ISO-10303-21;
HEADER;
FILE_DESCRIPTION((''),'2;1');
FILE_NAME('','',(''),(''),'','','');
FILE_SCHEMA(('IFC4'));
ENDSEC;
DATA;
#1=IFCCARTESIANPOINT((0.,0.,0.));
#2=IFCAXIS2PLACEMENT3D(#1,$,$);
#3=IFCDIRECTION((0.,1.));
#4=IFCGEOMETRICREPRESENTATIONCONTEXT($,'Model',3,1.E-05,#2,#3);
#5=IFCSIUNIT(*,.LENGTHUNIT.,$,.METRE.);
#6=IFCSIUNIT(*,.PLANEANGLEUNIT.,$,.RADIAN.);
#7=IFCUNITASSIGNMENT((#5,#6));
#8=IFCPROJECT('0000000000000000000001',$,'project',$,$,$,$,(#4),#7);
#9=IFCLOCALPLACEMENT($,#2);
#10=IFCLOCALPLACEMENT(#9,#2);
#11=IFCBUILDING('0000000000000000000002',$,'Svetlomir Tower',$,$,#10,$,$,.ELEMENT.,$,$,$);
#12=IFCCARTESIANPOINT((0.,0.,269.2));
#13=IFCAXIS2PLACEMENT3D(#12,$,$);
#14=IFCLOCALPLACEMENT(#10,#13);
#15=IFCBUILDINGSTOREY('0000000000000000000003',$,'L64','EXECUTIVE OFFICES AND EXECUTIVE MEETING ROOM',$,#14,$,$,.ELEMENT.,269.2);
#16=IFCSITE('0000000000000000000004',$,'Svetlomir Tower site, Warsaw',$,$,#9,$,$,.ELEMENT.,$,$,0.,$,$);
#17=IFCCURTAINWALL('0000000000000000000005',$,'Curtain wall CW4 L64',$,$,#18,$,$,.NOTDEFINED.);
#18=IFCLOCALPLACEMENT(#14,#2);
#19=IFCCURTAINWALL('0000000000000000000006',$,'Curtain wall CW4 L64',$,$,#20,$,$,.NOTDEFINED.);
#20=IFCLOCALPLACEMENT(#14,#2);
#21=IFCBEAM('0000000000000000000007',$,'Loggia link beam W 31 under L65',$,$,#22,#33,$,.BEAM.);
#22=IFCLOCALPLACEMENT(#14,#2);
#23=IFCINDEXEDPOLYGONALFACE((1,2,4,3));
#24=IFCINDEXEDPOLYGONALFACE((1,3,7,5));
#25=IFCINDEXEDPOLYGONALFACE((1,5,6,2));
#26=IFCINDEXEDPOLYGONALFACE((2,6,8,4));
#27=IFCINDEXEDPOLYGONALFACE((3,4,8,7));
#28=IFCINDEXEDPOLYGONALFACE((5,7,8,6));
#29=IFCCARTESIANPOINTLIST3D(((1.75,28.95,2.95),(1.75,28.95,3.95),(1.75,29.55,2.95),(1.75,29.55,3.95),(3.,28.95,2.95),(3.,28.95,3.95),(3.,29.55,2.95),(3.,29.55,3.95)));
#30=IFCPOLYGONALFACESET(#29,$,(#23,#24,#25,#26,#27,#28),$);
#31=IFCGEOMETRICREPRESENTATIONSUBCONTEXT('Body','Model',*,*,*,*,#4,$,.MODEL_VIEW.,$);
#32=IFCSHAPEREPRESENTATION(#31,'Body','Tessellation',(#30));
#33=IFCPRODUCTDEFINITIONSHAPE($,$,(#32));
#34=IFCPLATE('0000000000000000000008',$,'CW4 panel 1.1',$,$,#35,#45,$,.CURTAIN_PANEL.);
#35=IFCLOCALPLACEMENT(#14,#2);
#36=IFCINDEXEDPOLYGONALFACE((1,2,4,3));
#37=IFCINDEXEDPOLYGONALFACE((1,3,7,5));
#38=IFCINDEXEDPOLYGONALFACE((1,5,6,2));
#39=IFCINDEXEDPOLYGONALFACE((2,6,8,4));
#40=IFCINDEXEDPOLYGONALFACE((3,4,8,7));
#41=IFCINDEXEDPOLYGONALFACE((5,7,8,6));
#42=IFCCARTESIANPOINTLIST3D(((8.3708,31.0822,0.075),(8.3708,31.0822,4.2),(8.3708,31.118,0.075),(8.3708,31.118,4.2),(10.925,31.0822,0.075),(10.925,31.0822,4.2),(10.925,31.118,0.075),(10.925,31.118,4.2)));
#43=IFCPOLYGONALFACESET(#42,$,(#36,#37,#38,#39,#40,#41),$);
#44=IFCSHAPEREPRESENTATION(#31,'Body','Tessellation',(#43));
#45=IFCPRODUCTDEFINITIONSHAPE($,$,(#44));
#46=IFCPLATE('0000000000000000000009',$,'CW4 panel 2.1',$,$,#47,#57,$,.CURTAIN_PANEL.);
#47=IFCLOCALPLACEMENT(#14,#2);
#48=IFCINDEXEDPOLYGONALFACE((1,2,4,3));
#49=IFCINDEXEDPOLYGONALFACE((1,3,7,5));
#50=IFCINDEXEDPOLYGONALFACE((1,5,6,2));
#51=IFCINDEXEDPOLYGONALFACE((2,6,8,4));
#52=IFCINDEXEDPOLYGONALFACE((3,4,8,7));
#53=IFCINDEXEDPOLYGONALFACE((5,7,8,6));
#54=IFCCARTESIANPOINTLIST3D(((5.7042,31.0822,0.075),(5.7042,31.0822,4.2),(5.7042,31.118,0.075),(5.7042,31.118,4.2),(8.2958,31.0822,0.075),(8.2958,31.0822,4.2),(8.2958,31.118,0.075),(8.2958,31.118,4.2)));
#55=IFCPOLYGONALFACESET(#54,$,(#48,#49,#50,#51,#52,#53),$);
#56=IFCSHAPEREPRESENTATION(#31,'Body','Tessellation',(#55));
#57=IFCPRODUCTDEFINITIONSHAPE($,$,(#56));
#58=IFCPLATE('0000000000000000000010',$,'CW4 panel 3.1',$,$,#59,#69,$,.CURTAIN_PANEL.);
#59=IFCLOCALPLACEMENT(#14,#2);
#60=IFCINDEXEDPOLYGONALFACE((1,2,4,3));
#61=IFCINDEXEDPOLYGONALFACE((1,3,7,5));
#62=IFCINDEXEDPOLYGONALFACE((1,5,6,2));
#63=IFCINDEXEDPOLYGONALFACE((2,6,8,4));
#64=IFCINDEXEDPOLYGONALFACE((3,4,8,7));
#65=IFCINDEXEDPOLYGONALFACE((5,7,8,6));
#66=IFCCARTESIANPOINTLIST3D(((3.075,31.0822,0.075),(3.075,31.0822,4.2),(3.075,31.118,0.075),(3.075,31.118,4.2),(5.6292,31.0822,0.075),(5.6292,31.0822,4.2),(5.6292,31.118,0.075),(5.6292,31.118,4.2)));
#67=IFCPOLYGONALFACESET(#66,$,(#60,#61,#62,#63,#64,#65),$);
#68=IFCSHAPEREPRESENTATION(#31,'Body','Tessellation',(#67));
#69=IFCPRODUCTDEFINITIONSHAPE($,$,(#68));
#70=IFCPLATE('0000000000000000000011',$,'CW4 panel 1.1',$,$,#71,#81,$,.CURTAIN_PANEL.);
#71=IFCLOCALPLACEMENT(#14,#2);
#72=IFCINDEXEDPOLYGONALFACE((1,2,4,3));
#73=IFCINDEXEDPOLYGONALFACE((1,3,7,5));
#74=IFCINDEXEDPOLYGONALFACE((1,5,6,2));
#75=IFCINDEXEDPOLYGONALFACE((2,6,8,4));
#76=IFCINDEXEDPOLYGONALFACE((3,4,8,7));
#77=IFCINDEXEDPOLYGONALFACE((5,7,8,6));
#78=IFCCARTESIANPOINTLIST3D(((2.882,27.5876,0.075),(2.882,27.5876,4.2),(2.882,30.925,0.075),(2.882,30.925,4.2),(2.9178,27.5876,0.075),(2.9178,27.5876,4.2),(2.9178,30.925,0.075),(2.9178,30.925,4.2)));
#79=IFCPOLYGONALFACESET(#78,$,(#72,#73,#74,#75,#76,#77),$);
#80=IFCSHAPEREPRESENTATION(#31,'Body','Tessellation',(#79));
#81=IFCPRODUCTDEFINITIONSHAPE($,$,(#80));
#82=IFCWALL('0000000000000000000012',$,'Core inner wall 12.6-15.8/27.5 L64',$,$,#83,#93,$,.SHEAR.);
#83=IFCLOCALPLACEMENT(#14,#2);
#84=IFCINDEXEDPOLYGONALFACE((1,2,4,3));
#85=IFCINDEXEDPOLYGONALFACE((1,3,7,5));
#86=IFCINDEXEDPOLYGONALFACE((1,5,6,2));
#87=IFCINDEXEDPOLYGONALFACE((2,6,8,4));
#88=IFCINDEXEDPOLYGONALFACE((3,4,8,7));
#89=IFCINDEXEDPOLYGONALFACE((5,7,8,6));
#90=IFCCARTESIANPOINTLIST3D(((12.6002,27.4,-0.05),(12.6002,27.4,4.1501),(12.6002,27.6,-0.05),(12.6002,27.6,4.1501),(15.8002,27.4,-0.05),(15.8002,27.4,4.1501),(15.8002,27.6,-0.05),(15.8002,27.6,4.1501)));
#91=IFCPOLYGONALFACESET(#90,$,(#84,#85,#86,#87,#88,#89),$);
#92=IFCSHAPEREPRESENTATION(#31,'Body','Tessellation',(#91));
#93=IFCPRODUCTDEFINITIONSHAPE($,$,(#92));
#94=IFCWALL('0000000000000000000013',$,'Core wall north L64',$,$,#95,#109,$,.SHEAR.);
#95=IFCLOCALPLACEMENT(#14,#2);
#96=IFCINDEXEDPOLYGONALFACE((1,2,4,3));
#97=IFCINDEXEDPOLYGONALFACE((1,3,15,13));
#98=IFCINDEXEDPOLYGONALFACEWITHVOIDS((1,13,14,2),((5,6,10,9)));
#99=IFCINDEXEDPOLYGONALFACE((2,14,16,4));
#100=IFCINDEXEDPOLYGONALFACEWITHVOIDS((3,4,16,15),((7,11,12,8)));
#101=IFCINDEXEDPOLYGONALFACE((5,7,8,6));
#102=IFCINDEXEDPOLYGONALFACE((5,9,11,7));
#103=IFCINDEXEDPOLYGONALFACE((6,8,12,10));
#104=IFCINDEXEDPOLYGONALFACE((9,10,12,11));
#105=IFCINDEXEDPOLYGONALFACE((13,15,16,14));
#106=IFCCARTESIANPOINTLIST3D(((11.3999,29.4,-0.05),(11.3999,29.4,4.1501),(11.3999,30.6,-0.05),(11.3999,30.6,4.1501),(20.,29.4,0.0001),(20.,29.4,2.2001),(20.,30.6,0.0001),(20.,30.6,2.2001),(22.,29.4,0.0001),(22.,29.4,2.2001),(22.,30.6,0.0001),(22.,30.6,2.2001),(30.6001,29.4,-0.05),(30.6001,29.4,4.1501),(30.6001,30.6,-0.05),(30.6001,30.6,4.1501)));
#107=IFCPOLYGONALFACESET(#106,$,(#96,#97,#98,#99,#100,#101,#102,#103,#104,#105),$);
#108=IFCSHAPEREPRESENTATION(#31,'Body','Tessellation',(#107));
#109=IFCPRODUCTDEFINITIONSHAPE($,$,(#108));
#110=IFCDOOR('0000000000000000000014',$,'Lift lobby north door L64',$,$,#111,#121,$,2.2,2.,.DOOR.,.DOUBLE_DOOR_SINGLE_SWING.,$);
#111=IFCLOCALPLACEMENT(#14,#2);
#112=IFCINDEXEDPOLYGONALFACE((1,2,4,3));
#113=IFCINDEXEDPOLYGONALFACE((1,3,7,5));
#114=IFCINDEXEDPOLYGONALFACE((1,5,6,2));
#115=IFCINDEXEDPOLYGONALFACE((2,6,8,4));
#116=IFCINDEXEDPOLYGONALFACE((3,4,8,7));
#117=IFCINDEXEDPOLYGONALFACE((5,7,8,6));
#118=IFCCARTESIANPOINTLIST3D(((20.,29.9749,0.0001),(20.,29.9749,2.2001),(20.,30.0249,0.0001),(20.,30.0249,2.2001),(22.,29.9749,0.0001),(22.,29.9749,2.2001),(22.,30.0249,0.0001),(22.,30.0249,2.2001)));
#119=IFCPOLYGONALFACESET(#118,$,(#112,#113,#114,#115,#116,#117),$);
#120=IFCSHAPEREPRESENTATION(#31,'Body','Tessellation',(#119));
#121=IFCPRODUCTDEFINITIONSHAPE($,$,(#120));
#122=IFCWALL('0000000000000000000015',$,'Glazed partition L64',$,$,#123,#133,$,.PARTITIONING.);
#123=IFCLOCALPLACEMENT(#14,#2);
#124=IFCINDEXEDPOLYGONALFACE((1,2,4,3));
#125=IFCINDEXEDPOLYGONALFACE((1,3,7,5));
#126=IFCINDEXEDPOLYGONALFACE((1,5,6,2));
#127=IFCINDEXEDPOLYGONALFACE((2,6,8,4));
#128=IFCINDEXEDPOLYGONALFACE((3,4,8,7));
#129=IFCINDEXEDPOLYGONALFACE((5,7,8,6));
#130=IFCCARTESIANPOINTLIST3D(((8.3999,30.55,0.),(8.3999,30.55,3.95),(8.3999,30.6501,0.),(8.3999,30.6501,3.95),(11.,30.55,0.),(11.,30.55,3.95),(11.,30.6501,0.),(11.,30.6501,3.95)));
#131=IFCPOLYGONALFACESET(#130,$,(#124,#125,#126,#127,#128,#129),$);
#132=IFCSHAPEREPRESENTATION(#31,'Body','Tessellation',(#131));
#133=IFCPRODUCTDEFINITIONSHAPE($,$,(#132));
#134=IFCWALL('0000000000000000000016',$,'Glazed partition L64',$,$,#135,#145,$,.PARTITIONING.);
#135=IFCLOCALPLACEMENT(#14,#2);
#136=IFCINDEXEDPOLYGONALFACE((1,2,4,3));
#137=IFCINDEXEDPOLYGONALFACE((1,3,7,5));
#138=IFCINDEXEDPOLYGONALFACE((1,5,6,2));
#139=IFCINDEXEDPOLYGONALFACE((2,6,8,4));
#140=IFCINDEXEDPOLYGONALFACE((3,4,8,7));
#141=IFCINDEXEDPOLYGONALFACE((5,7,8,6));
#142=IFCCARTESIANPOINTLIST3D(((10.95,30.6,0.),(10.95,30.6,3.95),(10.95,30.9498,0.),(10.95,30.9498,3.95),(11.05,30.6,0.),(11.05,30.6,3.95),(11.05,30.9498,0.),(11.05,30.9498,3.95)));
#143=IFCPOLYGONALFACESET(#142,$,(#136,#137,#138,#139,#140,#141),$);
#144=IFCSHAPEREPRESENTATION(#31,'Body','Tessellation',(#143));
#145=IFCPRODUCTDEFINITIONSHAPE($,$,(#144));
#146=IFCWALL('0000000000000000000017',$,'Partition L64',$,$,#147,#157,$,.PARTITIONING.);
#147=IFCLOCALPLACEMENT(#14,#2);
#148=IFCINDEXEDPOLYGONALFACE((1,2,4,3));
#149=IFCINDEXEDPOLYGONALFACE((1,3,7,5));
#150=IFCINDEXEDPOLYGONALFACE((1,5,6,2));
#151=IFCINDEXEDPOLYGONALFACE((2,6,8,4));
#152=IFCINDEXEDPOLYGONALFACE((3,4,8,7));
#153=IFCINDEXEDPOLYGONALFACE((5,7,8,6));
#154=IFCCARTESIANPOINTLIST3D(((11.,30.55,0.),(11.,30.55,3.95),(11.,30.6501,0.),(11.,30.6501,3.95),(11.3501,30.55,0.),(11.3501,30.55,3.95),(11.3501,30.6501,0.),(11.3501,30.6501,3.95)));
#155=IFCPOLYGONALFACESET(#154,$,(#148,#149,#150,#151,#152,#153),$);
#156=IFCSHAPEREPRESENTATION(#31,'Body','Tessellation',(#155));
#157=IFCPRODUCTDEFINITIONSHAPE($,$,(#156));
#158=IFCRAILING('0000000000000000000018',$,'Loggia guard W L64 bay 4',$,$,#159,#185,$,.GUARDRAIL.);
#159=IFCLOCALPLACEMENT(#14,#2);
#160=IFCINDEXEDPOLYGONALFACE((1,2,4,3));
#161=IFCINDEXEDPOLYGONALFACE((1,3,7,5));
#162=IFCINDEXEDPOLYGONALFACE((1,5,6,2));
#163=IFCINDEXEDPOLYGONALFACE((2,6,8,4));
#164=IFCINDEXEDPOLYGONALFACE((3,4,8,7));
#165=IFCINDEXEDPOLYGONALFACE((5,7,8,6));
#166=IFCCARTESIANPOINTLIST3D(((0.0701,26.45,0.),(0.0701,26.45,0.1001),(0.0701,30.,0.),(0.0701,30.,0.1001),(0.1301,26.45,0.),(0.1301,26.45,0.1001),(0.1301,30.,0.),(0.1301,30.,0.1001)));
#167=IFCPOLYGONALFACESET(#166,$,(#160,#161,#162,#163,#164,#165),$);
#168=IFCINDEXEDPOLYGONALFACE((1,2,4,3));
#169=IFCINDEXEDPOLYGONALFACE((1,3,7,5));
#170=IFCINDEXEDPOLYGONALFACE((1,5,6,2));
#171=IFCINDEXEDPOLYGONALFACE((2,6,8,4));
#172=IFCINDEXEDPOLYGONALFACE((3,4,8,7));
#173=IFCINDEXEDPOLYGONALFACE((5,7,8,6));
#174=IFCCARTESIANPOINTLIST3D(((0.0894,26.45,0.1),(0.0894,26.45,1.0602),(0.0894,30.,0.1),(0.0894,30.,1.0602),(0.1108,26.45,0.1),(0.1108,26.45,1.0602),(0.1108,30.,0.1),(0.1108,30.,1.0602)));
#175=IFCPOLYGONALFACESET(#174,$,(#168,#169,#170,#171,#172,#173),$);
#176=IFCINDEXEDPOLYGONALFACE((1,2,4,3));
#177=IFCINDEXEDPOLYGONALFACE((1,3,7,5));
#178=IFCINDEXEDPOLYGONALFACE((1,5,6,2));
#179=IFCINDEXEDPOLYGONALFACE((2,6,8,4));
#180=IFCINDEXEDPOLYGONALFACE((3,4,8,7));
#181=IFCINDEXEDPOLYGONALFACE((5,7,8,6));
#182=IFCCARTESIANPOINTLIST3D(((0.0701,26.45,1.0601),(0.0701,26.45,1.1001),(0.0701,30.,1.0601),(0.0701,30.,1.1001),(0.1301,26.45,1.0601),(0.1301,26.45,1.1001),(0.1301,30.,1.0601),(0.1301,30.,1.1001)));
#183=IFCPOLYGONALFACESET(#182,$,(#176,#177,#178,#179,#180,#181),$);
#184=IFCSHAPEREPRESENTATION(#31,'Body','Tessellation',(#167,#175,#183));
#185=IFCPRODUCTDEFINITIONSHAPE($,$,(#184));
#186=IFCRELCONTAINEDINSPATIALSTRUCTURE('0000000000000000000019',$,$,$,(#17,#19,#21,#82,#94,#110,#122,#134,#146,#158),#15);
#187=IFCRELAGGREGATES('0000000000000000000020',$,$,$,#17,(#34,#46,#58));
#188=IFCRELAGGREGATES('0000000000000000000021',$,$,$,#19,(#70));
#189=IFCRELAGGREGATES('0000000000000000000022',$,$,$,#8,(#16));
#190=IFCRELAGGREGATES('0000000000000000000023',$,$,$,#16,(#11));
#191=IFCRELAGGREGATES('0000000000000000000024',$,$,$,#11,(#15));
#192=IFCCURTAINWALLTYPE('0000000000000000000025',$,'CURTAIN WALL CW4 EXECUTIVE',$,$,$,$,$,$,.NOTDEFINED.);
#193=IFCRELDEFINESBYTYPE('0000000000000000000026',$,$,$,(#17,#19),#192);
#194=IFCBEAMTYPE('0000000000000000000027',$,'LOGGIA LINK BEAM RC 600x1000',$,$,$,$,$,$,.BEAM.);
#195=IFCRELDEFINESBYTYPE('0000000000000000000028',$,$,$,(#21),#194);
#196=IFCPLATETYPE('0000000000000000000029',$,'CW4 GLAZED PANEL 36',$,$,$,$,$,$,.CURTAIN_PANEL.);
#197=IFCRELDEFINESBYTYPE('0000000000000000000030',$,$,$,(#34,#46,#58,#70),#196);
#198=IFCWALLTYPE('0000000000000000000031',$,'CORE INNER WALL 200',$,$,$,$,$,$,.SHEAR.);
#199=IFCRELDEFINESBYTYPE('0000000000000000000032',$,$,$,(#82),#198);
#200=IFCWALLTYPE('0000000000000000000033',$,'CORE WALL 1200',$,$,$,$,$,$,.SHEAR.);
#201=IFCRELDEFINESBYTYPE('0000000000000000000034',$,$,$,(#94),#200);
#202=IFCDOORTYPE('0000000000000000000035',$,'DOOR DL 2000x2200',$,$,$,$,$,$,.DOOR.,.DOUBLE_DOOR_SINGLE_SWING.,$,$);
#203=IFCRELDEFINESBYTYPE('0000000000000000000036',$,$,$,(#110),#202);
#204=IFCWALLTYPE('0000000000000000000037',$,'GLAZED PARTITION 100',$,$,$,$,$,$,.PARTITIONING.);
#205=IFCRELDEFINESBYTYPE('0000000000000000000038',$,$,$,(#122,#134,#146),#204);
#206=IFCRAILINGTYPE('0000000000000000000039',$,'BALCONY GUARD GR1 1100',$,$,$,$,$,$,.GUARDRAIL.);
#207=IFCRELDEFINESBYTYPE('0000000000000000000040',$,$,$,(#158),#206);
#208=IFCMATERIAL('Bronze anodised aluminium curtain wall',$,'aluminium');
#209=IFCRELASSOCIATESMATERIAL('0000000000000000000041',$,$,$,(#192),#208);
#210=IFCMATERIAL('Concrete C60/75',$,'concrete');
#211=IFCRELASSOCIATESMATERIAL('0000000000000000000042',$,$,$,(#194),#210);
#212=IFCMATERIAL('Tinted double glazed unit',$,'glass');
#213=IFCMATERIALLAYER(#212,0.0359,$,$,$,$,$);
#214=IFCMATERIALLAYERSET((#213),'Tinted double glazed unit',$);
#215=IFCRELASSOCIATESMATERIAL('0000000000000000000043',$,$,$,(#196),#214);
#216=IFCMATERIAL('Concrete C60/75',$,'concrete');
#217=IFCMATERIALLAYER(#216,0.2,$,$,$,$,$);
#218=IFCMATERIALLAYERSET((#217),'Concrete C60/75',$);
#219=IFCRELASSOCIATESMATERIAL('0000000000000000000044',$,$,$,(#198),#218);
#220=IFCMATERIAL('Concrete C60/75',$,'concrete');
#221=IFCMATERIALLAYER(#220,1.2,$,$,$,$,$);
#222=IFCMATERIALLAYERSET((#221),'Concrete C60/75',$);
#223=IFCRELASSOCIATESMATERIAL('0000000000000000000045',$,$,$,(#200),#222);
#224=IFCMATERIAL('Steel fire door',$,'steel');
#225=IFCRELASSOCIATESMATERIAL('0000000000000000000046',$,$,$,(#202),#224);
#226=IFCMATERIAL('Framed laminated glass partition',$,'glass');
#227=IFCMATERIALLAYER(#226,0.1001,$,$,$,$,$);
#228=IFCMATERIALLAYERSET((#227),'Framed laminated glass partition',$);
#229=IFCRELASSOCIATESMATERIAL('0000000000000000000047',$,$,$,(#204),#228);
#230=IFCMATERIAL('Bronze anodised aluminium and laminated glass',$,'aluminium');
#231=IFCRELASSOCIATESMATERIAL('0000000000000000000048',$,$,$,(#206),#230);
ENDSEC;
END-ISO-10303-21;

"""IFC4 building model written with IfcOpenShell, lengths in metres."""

from ifc_helpers import new_model, si_unit, direction, frame, frame_2d, origin, origin_2d, place, context, subcontext, project, spatial, rectangle, extrude, material, layer, layer_set, material_profile, profile_set, type_object, element, fill, aggregate, save


model = new_model("IFC4")

# Units and contexts
model_context = context("Model", 3, precision=1e-05, world=origin(), true_north=direction((0.0, 1.0)))
body_context = subcontext(model_context, "Body", "Model", "MODEL_VIEW")
ifc_project = project(units=[si_unit("LENGTHUNIT", "METRE"), si_unit("PLANEANGLEUNIT", "RADIAN")], contexts=[model_context])

# Site, building, storey
site_placement = place(None, origin())
site = spatial("IfcSite", under=ifc_project, at=site_placement, Name="Svetlomir Tower site, Warsaw", CompositionType="ELEMENT", RefElevation=0.0)
building_placement = place(site_placement, origin())
building = spatial("IfcBuilding", under=site, at=building_placement, Name="Svetlomir Tower", CompositionType="ELEMENT")
storey_placement = place(building_placement, frame((0.0, 0.0, 269.2)))
storey = spatial("IfcBuildingStorey", under=building, at=storey_placement, Name="L64", Description="EXECUTIVE OFFICES AND EXECUTIVE MEETING ROOM", CompositionType="ELEMENT", Elevation=269.2)

# Shared definitions
ifc_material_1 = material(Name="Bronze anodised aluminium curtain wall", Category="aluminium")
curtain_wall_type = type_object("IfcCurtainWallType", Name="CURTAIN WALL CW4 EXECUTIVE", PredefinedType="NOTDEFINED", material=ifc_material_1)

# Curtain walls
curtain_wall_1_placement = place(storey_placement, origin())
curtain_wall_1 = element("IfcCurtainWall", 1, at=curtain_wall_1_placement, inside=storey, type_object=curtain_wall_type, Name="Curtain wall CW4 L64", PredefinedType="NOTDEFINED")
curtain_wall_2_placement = place(storey_placement, origin())
curtain_wall_2 = element("IfcCurtainWall", 2, at=curtain_wall_2_placement, inside=storey, type_object=curtain_wall_type, Name="Curtain wall CW4 L64", PredefinedType="NOTDEFINED")

# Beam
ifc_material_2 = material(Name="Concrete C60/75", Category="concrete")
ifc_material_profile_1 = material_profile(ifc_material_2, rectangle(XDim=0.6001, YDim=1.0, at=origin_2d()), Name="RC 600x1000")
ifc_profile_set_1 = profile_set([ifc_material_profile_1], Name="Concrete C60/75")
beam_type_1 = type_object("IfcBeamType", Name="LOGGIA LINK BEAM RC 600x1000", PredefinedType="BEAM", material=ifc_profile_set_1)
beam_1_placement = place(storey_placement, frame((1.75, 29.25, 3.45), z_axis=(1.0, 0.0, 0.0), x_axis=(0.0, 1.0, 0.0)))
element("IfcBeam", 3, at=beam_1_placement, inside=storey, type_object=beam_type_1, Name="Loggia link beam W 31 under L65", PredefinedType="BEAM", context=body_context, shape_type="SweptSolid", body=[
    extrude(rectangle(XDim=0.6001, YDim=1.0, at=origin_2d()), origin(), (0.0, 0.0, 1.0), 1.25),
])

# Plates
ifc_material_3 = material(Name="Tinted double glazed unit", Category="glass")
ifc_layer_1 = layer(ifc_material_3, 0.0359)
ifc_layer_set_1 = layer_set([ifc_layer_1], Name="Tinted double glazed unit")
plate_type = type_object("IfcPlateType", Name="CW4 GLAZED PANEL 36", PredefinedType="CURTAIN_PANEL", material=ifc_layer_set_1)
plate_1_placement = place(storey_placement, frame((9.6479, 31.1001, 0.075), z_axis=(0.0, 0.0, 1.0), x_axis=(-1.0, 0.0, 0.0)))
plate_1 = element("IfcPlate", 4, at=plate_1_placement, type_object=plate_type, Name="CW4 panel 1.1", PredefinedType="CURTAIN_PANEL", context=body_context, shape_type="SweptSolid", body=[
    extrude(rectangle(XDim=2.5542, YDim=0.0359, at=origin_2d()), origin(), (0.0, 0.0, 1.0), 4.125),
])
plate_2_placement = place(storey_placement, frame((7.0, 31.1001, 0.075), z_axis=(0.0, 0.0, 1.0), x_axis=(-1.0, 0.0, 0.0)))
plate_2 = element("IfcPlate", 5, at=plate_2_placement, type_object=plate_type, Name="CW4 panel 2.1", PredefinedType="CURTAIN_PANEL", context=body_context, shape_type="SweptSolid", body=[
    extrude(rectangle(XDim=2.5916, YDim=0.0359, at=origin_2d()), origin(), (0.0, 0.0, 1.0), 4.125),
])
plate_3_placement = place(storey_placement, frame((4.3521, 31.1001, 0.075), z_axis=(0.0, 0.0, 1.0), x_axis=(-1.0, 0.0, 0.0)))
plate_3 = element("IfcPlate", 6, at=plate_3_placement, type_object=plate_type, Name="CW4 panel 3.1", PredefinedType="CURTAIN_PANEL", context=body_context, shape_type="SweptSolid", body=[
    extrude(rectangle(XDim=2.5542, YDim=0.0359, at=origin_2d()), origin(), (0.0, 0.0, 1.0), 4.125),
])
aggregate(curtain_wall_1, [plate_1, plate_2, plate_3])
plate_4_placement = place(storey_placement, frame((2.8999, 29.2563, 0.075), z_axis=(0.0, 0.0, 1.0), x_axis=(0.0, -1.0, 0.0)))
plate_4 = element("IfcPlate", 7, at=plate_4_placement, type_object=plate_type, Name="CW4 panel 1.1", PredefinedType="CURTAIN_PANEL", context=body_context, shape_type="SweptSolid", body=[
    extrude(rectangle(XDim=3.3374, YDim=0.0359, at=origin_2d()), origin(), (0.0, 0.0, 1.0), 4.125),
])
aggregate(curtain_wall_2, [plate_4])

# Wall
ifc_material_4 = material(Name="Concrete C60/75", Category="concrete")
ifc_layer_2 = layer(ifc_material_4, 0.2)
ifc_layer_set_2 = layer_set([ifc_layer_2], Name="Concrete C60/75")
wall_type_1 = type_object("IfcWallType", Name="CORE INNER WALL 200", PredefinedType="SHEAR", material=ifc_layer_set_2)
wall_1_placement = place(storey_placement, frame((12.6001, 27.5, -0.05), z_axis=(0.0, 0.0, 1.0), x_axis=(1.0, 0.0, 0.0)))
element("IfcWall", 8, at=wall_1_placement, inside=storey, type_object=wall_type_1, Name="Core inner wall 12.6-15.8/27.5 L64", PredefinedType="SHEAR", context=body_context, shape_type="SweptSolid", body=[
    extrude(rectangle(XDim=3.2, YDim=0.2, at=frame_2d((1.6001, 0.0))), origin(), (0.0, 0.0, 1.0), 4.2002),
])

# Wall, opening, door
ifc_material_5 = material(Name="Concrete C60/75", Category="concrete")
ifc_layer_3 = layer(ifc_material_5, 1.2)
ifc_layer_set_3 = layer_set([ifc_layer_3], Name="Concrete C60/75")
wall_type_2 = type_object("IfcWallType", Name="CORE WALL 1200", PredefinedType="SHEAR", material=ifc_layer_set_3)
wall_2_placement = place(storey_placement, frame((11.3999, 30.0, -0.05), z_axis=(0.0, 0.0, 1.0), x_axis=(1.0, 0.0, 0.0)))
wall_2 = element("IfcWall", 9, at=wall_2_placement, inside=storey, type_object=wall_type_2, Name="Core wall north L64", PredefinedType="SHEAR", context=body_context, shape_type="SweptSolid", body=[
    extrude(rectangle(XDim=19.2002, YDim=1.2, at=frame_2d((9.6001, 0.0))), origin(), (0.0, 0.0, 1.0), 4.2002),
])
opening_placement = place(wall_2_placement, frame((8.6001, 0.0, 0.05)))
opening = element("IfcOpeningElement", 10, at=opening_placement, cuts=wall_2, PredefinedType="OPENING", context=body_context, shape_type="SweptSolid", body=[
    extrude(rectangle(XDim=2.0, YDim=2.2, at=frame_2d((1.0, 1.1001))), frame((0.0, 0.6099, 0.0), z_axis=(0.0, -1.0, 0.0), x_axis=(1.0, 0.0, 0.0)), (0.0, 0.0, 1.0), 1.22),
])
ifc_material_6 = material(Name="Steel fire door", Category="steel")
door_type = type_object("IfcDoorType", Name="DOOR DL 2000x2200", OperationType="DOUBLE_DOOR_SINGLE_SWING", PredefinedType="DOOR", material=ifc_material_6)
door_placement = place(opening_placement, origin())
door = element("IfcDoor", 11, at=door_placement, inside=storey, type_object=door_type, Name="Lift lobby north door L64", OperationType="DOUBLE_DOOR_SINGLE_SWING", OverallHeight=2.2, OverallWidth=2.0, PredefinedType="DOOR", context=body_context, shape_type="SweptSolid", body=[
    extrude(rectangle(XDim=2.0, YDim=2.2, at=frame_2d((1.0, 1.1001))), frame((0.0, 0.0249, 0.0), z_axis=(0.0, -1.0, 0.0), x_axis=(1.0, 0.0, 0.0)), (0.0, 0.0, 1.0), 0.05),
])
fill(opening, door)

# Walls
ifc_material_7 = material(Name="Framed laminated glass partition", Category="glass")
ifc_layer_4 = layer(ifc_material_7, 0.1001)
ifc_layer_set_4 = layer_set([ifc_layer_4], Name="Framed laminated glass partition")
wall_type_3 = type_object("IfcWallType", Name="GLAZED PARTITION 100", PredefinedType="PARTITIONING", material=ifc_layer_set_4)
wall_3_placement = place(storey_placement, frame((8.3999, 30.6001, 0.0), z_axis=(0.0, 0.0, 1.0), x_axis=(1.0, 0.0, 0.0)))
element("IfcWall", 12, at=wall_3_placement, inside=storey, type_object=wall_type_3, Name="Glazed partition L64", PredefinedType="PARTITIONING", context=body_context, shape_type="SweptSolid", body=[
    extrude(rectangle(XDim=2.6001, YDim=0.1001, at=frame_2d((1.3, 0.0))), origin(), (0.0, 0.0, 1.0), 3.95),
])
wall_4_placement = place(storey_placement, frame((11.0, 30.6001, 0.0), z_axis=(0.0, 0.0, 1.0), x_axis=(0.0, 1.0, 0.0)))
element("IfcWall", 13, at=wall_4_placement, inside=storey, type_object=wall_type_3, Name="Glazed partition L64", PredefinedType="PARTITIONING", context=body_context, shape_type="SweptSolid", body=[
    extrude(rectangle(XDim=0.3499, YDim=0.1001, at=frame_2d((0.1748, 0.0))), origin(), (0.0, 0.0, 1.0), 3.95),
])
wall_5_placement = place(storey_placement, frame((11.0, 30.6001, 0.0), z_axis=(0.0, 0.0, 1.0), x_axis=(1.0, 0.0, 0.0)))
element("IfcWall", 14, at=wall_5_placement, inside=storey, type_object=wall_type_3, Name="Partition L64", PredefinedType="PARTITIONING", context=body_context, shape_type="SweptSolid", body=[
    extrude(rectangle(XDim=0.3501, YDim=0.1001, at=frame_2d((0.175, 0.0))), origin(), (0.0, 0.0, 1.0), 3.95),
])

# Railing
ifc_material_8 = material(Name="Bronze anodised aluminium and laminated glass", Category="aluminium")
railing_type = type_object("IfcRailingType", Name="BALCONY GUARD GR1 1100", PredefinedType="GUARDRAIL", material=ifc_material_8)
railing_1_placement = place(storey_placement, frame((0.1001, 26.45, 0.0)))
element("IfcRailing", 15, at=railing_1_placement, inside=storey, type_object=railing_type, Name="Loggia guard W L64 bay 4", PredefinedType="GUARDRAIL", context=body_context, shape_type="SweptSolid", body=[
    extrude(rectangle(XDim=0.0601, YDim=0.1001, at=origin_2d()), frame((0.0, 0.0, 0.05), z_axis=(0.0, 1.0, 0.0), x_axis=(-1.0, 0.0, 0.0)), (0.0, 0.0, 1.0), 3.55),
    extrude(rectangle(XDim=0.0215, YDim=0.9602, at=origin_2d()), frame((0.0, 0.0, 0.5801), z_axis=(0.0, 1.0, 0.0), x_axis=(-1.0, 0.0, 0.0)), (0.0, 0.0, 1.0), 3.55),
    extrude(rectangle(XDim=0.0601, YDim=0.04, at=origin_2d()), frame((0.0, 0.0, 1.0801), z_axis=(0.0, 1.0, 0.0), x_axis=(-1.0, 0.0, 0.0)), (0.0, 0.0, 1.0), 3.55),
])

save(model, "model.ifc")
